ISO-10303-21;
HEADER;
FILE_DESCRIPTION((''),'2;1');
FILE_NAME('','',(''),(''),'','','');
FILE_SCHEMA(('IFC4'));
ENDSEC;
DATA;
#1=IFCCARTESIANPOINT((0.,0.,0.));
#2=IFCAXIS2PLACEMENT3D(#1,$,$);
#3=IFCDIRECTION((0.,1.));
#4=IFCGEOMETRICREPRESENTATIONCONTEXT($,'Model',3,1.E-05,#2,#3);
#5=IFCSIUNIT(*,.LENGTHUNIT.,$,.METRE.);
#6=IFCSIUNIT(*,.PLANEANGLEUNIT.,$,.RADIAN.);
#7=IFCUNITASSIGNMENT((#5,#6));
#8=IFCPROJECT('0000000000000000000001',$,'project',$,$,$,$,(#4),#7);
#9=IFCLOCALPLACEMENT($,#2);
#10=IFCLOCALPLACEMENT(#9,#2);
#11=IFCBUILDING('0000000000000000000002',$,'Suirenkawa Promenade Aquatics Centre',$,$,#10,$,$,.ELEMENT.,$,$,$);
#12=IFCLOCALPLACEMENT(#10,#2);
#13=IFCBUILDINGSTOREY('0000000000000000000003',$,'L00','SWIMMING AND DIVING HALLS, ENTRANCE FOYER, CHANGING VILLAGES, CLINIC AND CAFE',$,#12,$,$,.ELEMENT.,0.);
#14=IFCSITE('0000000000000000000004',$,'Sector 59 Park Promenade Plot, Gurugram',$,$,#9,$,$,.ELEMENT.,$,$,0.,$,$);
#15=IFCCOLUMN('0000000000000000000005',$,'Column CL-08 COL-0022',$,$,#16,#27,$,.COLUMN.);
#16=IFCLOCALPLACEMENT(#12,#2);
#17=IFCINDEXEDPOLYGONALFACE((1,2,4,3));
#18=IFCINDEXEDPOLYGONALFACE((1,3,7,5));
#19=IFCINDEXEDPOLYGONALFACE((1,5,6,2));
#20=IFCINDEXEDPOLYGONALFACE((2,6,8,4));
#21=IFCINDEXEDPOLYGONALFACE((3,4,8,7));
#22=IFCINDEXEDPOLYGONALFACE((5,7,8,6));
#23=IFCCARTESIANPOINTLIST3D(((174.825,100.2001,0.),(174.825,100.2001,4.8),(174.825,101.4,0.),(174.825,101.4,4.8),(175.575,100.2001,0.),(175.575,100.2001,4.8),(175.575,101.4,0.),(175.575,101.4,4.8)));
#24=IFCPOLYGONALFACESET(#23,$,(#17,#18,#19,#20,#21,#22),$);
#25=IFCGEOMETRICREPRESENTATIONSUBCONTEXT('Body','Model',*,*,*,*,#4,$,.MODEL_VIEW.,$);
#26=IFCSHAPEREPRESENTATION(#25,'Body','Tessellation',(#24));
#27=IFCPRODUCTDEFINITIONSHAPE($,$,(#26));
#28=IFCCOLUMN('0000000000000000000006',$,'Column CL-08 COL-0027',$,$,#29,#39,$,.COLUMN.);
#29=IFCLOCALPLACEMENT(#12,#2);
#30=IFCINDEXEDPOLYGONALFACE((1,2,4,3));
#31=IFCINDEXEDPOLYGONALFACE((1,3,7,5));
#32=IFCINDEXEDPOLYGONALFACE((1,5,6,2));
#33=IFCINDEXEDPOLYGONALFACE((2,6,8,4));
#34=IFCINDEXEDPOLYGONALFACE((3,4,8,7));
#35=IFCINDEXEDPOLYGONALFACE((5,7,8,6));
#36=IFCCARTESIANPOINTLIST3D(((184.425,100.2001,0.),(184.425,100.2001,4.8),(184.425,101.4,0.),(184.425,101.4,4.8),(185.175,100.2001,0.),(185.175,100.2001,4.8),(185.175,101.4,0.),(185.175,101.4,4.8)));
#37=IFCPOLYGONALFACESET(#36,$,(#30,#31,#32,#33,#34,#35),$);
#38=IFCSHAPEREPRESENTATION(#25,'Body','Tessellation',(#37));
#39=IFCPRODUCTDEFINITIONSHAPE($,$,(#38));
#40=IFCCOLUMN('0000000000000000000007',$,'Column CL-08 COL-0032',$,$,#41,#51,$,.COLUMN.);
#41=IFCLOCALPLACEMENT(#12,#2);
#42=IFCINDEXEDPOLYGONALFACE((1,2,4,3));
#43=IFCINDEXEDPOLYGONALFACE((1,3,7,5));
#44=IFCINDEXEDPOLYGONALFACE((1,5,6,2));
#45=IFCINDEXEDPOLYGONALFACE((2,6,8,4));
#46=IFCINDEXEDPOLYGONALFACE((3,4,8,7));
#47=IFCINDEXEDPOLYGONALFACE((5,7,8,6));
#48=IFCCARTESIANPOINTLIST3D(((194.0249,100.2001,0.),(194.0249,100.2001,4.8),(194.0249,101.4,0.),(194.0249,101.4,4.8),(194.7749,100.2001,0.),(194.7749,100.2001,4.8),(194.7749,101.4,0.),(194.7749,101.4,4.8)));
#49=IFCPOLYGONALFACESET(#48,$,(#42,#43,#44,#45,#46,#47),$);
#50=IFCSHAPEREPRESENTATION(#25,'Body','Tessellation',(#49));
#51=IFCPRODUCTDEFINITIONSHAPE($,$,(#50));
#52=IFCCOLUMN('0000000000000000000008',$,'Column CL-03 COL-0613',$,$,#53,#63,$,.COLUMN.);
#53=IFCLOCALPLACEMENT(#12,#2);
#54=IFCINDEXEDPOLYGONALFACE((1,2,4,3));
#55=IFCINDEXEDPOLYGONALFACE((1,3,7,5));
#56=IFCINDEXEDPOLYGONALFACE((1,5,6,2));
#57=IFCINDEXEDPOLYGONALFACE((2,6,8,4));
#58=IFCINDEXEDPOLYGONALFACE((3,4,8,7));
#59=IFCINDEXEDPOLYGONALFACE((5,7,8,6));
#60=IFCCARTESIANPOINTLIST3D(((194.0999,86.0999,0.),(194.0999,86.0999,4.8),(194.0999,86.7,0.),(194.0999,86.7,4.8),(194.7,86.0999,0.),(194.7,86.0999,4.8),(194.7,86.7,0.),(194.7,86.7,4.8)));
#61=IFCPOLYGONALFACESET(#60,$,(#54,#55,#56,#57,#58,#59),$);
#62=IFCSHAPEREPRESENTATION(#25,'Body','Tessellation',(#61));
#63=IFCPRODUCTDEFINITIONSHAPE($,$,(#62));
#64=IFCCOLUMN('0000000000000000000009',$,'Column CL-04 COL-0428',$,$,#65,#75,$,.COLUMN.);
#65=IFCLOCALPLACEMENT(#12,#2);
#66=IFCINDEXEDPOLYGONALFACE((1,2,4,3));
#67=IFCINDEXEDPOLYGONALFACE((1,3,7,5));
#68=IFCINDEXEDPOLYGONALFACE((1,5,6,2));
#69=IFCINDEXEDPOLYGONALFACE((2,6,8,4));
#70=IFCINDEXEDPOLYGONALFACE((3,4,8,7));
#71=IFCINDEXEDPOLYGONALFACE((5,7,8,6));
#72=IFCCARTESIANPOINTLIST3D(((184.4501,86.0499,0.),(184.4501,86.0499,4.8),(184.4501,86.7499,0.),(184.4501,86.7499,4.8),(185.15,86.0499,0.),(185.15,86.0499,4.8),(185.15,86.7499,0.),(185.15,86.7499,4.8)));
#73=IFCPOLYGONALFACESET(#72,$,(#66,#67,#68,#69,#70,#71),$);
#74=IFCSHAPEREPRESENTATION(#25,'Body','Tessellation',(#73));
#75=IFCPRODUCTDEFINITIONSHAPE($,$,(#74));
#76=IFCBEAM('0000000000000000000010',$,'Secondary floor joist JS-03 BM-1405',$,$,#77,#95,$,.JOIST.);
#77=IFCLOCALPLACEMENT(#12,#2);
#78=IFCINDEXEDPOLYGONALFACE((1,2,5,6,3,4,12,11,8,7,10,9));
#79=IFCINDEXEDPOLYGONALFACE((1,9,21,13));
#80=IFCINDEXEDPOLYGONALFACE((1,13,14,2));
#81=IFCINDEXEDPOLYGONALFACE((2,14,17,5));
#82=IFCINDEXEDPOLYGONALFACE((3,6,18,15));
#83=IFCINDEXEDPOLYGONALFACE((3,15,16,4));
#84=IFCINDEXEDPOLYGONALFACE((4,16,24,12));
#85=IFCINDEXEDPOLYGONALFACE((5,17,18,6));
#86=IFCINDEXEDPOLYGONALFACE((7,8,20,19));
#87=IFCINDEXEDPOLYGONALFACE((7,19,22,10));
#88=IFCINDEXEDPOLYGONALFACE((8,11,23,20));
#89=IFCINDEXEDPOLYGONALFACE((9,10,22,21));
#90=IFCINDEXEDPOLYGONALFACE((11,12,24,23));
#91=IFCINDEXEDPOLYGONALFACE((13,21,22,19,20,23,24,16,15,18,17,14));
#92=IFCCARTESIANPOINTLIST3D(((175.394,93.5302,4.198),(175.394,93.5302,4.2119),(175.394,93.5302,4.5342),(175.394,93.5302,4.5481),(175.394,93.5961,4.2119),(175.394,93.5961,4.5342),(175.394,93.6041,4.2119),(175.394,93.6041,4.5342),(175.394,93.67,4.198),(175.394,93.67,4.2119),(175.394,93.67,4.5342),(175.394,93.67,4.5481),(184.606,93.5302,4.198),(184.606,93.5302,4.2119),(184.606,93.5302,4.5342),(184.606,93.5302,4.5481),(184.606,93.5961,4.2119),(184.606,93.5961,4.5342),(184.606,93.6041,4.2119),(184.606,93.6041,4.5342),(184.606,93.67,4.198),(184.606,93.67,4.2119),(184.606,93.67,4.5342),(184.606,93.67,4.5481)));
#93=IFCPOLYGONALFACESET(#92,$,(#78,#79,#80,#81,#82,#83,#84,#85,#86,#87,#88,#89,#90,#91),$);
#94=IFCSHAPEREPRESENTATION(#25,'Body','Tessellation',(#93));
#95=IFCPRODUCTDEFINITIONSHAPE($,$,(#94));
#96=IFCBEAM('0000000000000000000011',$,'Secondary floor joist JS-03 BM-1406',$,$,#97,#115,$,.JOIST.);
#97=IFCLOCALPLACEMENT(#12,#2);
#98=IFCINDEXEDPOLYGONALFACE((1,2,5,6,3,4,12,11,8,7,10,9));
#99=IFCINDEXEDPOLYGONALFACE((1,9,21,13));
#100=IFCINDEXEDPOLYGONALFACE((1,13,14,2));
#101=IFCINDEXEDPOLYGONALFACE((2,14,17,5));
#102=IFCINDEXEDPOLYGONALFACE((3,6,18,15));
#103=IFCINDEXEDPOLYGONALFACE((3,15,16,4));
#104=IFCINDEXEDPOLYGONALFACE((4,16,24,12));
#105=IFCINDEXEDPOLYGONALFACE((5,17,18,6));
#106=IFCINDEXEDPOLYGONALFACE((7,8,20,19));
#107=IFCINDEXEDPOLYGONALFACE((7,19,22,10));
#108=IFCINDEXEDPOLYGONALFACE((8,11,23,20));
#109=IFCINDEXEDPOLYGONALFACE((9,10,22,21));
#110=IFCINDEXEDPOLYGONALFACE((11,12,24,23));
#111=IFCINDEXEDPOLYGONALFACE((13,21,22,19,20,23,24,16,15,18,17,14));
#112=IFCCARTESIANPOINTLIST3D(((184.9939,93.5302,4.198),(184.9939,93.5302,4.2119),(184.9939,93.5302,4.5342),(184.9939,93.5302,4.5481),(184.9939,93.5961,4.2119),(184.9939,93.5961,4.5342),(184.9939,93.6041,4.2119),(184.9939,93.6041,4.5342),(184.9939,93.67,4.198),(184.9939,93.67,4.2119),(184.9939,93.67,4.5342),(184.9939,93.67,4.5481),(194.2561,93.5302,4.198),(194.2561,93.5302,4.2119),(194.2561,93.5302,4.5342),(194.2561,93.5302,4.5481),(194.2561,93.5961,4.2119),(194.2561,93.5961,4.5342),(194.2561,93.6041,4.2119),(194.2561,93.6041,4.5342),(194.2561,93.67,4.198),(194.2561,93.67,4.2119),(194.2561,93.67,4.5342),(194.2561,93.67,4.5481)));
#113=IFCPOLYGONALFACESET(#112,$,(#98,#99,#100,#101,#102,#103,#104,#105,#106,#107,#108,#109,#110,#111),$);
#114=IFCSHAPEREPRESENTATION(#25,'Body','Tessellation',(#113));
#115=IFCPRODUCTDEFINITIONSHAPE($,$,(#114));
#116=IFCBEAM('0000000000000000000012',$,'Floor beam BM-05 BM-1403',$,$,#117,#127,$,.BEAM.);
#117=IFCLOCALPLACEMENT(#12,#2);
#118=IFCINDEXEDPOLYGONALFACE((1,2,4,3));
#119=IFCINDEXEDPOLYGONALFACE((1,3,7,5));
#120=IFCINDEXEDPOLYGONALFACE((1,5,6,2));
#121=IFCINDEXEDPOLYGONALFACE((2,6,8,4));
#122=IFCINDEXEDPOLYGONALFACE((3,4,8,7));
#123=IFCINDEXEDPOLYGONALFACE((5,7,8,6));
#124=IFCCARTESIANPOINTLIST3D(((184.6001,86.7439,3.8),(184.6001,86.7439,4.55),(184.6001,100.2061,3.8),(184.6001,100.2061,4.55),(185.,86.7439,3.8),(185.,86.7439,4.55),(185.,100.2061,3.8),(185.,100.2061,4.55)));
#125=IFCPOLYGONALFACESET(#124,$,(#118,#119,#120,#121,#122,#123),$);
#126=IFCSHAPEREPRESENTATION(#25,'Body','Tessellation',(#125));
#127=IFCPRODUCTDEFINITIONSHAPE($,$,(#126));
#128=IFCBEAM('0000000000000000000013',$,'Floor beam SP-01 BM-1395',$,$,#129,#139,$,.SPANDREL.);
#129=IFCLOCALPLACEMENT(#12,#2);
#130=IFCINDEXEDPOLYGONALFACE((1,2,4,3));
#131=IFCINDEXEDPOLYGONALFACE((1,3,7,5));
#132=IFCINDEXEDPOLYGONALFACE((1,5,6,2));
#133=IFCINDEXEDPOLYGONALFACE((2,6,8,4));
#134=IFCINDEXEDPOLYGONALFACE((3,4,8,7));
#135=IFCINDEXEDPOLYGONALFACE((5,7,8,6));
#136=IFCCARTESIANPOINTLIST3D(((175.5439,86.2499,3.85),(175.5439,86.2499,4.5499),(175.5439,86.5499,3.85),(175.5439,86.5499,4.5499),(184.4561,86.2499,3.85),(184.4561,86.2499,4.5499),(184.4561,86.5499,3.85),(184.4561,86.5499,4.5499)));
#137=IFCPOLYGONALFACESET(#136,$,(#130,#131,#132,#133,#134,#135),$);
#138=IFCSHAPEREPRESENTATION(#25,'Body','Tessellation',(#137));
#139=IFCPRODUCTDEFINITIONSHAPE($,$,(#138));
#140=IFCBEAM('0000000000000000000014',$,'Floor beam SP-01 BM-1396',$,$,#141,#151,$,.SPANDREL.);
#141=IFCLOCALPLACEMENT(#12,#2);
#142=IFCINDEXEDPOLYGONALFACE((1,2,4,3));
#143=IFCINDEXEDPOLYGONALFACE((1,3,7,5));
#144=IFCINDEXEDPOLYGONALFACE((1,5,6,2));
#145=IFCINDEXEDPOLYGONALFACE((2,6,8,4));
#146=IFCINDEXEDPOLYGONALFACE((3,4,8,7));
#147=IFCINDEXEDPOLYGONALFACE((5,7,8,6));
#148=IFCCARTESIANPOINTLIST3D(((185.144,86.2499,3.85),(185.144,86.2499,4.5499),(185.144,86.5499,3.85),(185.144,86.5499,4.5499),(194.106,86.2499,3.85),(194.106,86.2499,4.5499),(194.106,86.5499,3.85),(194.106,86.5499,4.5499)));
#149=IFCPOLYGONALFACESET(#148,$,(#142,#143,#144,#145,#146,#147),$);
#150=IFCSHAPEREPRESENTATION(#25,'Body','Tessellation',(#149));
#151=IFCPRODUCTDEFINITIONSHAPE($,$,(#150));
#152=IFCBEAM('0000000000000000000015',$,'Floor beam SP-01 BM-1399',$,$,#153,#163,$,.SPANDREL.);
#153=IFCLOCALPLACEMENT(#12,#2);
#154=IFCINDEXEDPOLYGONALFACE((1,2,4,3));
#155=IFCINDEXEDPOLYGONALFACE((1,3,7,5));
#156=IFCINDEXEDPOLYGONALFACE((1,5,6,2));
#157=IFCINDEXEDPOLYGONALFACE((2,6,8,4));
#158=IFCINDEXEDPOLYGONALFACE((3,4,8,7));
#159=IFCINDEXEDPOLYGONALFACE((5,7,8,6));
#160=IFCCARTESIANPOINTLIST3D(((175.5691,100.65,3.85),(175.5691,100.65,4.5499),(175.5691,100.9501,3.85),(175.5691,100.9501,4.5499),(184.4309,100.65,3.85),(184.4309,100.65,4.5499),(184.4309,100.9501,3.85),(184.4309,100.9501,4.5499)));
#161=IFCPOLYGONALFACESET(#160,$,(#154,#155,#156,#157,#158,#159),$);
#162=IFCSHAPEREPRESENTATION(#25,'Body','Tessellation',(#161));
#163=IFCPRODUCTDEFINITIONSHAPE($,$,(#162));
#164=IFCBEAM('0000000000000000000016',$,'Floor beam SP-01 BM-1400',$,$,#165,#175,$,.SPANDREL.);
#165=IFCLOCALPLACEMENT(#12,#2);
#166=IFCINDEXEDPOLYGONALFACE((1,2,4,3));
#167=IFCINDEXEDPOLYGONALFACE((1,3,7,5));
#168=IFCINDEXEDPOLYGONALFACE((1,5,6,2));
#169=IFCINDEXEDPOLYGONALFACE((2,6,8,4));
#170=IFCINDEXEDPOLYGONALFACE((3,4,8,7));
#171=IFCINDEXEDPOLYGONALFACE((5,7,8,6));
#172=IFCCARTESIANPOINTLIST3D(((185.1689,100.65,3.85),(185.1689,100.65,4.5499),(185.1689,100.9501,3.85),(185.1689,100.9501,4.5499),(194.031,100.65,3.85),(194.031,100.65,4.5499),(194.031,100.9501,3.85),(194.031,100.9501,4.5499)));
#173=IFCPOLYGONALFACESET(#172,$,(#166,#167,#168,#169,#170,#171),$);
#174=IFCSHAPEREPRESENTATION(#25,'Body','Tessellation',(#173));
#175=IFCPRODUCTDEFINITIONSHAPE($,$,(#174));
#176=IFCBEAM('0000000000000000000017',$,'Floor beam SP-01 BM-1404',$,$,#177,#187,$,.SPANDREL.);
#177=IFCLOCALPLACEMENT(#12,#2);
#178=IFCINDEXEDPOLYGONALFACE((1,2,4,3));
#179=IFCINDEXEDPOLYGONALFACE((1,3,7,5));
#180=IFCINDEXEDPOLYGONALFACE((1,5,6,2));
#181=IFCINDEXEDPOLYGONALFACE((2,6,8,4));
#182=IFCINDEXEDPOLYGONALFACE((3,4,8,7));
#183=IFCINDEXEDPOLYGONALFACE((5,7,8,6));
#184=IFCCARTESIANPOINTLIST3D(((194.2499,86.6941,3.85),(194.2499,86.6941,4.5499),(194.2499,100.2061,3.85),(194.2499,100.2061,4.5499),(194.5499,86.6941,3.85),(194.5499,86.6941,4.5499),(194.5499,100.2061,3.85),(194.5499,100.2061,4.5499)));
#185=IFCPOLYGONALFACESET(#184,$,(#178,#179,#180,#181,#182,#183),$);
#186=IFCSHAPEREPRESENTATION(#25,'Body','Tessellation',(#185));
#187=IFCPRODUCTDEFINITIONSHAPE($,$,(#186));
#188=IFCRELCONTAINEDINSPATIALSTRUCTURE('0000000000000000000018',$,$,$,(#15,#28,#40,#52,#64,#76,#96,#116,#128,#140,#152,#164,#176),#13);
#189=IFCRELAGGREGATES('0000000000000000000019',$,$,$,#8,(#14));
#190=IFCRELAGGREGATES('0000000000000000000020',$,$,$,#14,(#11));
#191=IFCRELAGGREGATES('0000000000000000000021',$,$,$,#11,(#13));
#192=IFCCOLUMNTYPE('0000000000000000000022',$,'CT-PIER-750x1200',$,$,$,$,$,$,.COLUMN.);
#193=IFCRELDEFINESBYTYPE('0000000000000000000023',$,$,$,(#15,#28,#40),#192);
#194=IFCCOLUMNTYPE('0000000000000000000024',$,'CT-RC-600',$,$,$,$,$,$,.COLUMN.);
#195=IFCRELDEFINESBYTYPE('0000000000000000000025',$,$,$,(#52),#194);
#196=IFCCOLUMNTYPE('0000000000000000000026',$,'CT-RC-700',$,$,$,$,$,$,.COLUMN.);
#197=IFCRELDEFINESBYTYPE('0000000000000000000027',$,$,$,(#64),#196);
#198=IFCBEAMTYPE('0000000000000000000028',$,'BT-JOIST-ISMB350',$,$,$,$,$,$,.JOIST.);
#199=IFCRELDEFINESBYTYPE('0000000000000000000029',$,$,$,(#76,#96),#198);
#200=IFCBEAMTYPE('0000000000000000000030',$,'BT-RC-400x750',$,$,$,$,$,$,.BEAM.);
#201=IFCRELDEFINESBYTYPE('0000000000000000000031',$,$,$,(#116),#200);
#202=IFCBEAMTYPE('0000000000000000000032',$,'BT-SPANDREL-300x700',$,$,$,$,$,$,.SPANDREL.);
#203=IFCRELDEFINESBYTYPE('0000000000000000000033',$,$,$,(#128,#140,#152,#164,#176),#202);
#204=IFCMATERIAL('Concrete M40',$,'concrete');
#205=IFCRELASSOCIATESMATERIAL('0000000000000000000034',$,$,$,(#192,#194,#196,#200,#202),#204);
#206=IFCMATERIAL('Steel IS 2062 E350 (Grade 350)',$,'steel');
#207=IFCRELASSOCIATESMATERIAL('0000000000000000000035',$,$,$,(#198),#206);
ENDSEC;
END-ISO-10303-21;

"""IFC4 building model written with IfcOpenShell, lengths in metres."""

from ifc_helpers import new_model, si_unit, direction, frame, origin, origin_2d, place, context, subcontext, project, spatial, rectangle, i_section, extrude, material, material_profile, profile_set, type_object, element, save


model = new_model("IFC4")

# Units and contexts
model_context = context("Model", 3, precision=1e-05, world=origin(), true_north=direction((0.0, 1.0)))
body_context = subcontext(model_context, "Body", "Model", "MODEL_VIEW")
ifc_project = project(units=[si_unit("LENGTHUNIT", "METRE"), si_unit("PLANEANGLEUNIT", "RADIAN")], contexts=[model_context])

# Site, building, storey
site_placement = place(None, origin())
site = spatial("IfcSite", under=ifc_project, at=site_placement, Name="Sector 59 Park Promenade Plot, Gurugram", CompositionType="ELEMENT", RefElevation=0.0)
building_placement = place(site_placement, origin())
building = spatial("IfcBuilding", under=site, at=building_placement, Name="Suirenkawa Promenade Aquatics Centre", CompositionType="ELEMENT")
storey_placement = place(building_placement, origin())
storey = spatial("IfcBuildingStorey", under=building, at=storey_placement, Name="L00", Description="SWIMMING AND DIVING HALLS, ENTRANCE FOYER, CHANGING VILLAGES, CLINIC AND CAFE", CompositionType="ELEMENT", Elevation=0.0)

# Columns
ifc_material_1 = material(Name="Concrete M40", Category="concrete")
ifc_material_profile_1 = material_profile(ifc_material_1, rectangle(XDim=0.75, YDim=1.2, at=origin_2d()), Name="RC PIER 750x1200", Category="concrete")
ifc_profile_set_1 = profile_set([ifc_material_profile_1], Name="Concrete M40")
column_type_1 = type_object("IfcColumnType", Name="CT-PIER-750x1200", PredefinedType="COLUMN", material=ifc_profile_set_1)
for number, where, z_axis, x_axis, name in (
    (1, (175.2, 100.8, 0.0), (0.0, 0.0, 1.0), (1.0, 0.0, 0.0), "Column CL-08 COL-0022"),
    (2, (184.8, 100.8, 0.0), (0.0, 0.0, 1.0), (1.0, 0.0, 0.0), "Column CL-08 COL-0027"),
    (3, (194.3999, 100.8, 0.0), (0.0, 0.0, 1.0), (1.0, 0.0, 0.0), "Column CL-08 COL-0032"),
):
    element("IfcColumn", number, at=place(storey_placement, frame(where, z_axis=z_axis, x_axis=x_axis)), inside=storey, type_object=column_type_1, Name=name, PredefinedType="COLUMN", context=body_context, shape_type="SweptSolid", body=[
        extrude(rectangle(XDim=0.75, YDim=1.2, at=origin_2d()), origin(), (0.0, 0.0, 1.0), 4.8),
    ])
ifc_material_profile_2 = material_profile(ifc_material_1, rectangle(XDim=0.6001, YDim=0.6001, at=origin_2d()), Name="RC COL 600x600", Category="concrete")
ifc_profile_set_2 = profile_set([ifc_material_profile_2], Name="Concrete M40")
column_type_2 = type_object("IfcColumnType", Name="CT-RC-600", PredefinedType="COLUMN", material=ifc_profile_set_2)
column_1_placement = place(storey_placement, frame((194.3999, 86.3999, 0.0), z_axis=(0.0, 0.0, 1.0), x_axis=(1.0, 0.0, 0.0)))
element("IfcColumn", 4, at=column_1_placement, inside=storey, type_object=column_type_2, Name="Column CL-03 COL-0613", PredefinedType="COLUMN", context=body_context, shape_type="SweptSolid", body=[
    extrude(rectangle(XDim=0.6001, YDim=0.6001, at=origin_2d()), origin(), (0.0, 0.0, 1.0), 4.8),
])
ifc_material_profile_3 = material_profile(ifc_material_1, rectangle(XDim=0.7, YDim=0.7, at=origin_2d()), Name="RC COL 700x700", Category="concrete")
ifc_profile_set_3 = profile_set([ifc_material_profile_3], Name="Concrete M40")
column_type_3 = type_object("IfcColumnType", Name="CT-RC-700", PredefinedType="COLUMN", material=ifc_profile_set_3)
column_2_placement = place(storey_placement, frame((184.8, 86.3999, 0.0), z_axis=(0.0, 0.0, 1.0), x_axis=(1.0, 0.0, 0.0)))
element("IfcColumn", 5, at=column_2_placement, inside=storey, type_object=column_type_3, Name="Column CL-04 COL-0428", PredefinedType="COLUMN", context=body_context, shape_type="SweptSolid", body=[
    extrude(rectangle(XDim=0.7, YDim=0.7, at=origin_2d()), origin(), (0.0, 0.0, 1.0), 4.8),
])

# Beams
ifc_material_2 = material(Name="Steel IS 2062 E350 (Grade 350)", Category="steel")
ifc_material_profile_4 = material_profile(ifc_material_2, i_section(OverallWidth=0.1399, OverallDepth=0.3501, WebThickness=0.0081, FlangeThickness=0.0139, at=origin_2d()), Name="ISMB 350", Category="steel")
ifc_profile_set_4 = profile_set([ifc_material_profile_4], Name="Steel IS 2062 E350 (Grade 350)")
beam_type_1 = type_object("IfcBeamType", Name="BT-JOIST-ISMB350", PredefinedType="JOIST", material=ifc_profile_set_4)
beam_1_placement = place(storey_placement, frame((175.394, 93.6001, 4.373), z_axis=(1.0, 0.0, 0.0), x_axis=(0.0, 1.0, 0.0)))
element("IfcBeam", 6, at=beam_1_placement, inside=storey, type_object=beam_type_1, Name="Secondary floor joist JS-03 BM-1405", PredefinedType="JOIST", context=body_context, shape_type="SweptSolid", body=[
    extrude(i_section(OverallWidth=0.1399, OverallDepth=0.3501, WebThickness=0.0081, FlangeThickness=0.0139, at=origin_2d()), origin(), (0.0, 0.0, 1.0), 9.2119),
])
beam_2_placement = place(storey_placement, frame((184.9939, 93.6001, 4.373), z_axis=(1.0, 0.0, 0.0), x_axis=(0.0, 1.0, 0.0)))
element("IfcBeam", 7, at=beam_2_placement, inside=storey, type_object=beam_type_1, Name="Secondary floor joist JS-03 BM-1406", PredefinedType="JOIST", context=body_context, shape_type="SweptSolid", body=[
    extrude(i_section(OverallWidth=0.1399, OverallDepth=0.3501, WebThickness=0.0081, FlangeThickness=0.0139, at=origin_2d()), origin(), (0.0, 0.0, 1.0), 9.2622),
])
ifc_material_profile_5 = material_profile(ifc_material_1, rectangle(XDim=0.3999, YDim=0.75, at=origin_2d()), Name="RC BM 400x750", Category="concrete")
ifc_profile_set_5 = profile_set([ifc_material_profile_5], Name="Concrete M40")
beam_type_2 = type_object("IfcBeamType", Name="BT-RC-400x750", PredefinedType="BEAM", material=ifc_profile_set_5)
beam_3_placement = place(storey_placement, frame((184.8, 86.7439, 4.175), z_axis=(0.0, 1.0, 0.0), x_axis=(-1.0, 0.0, 0.0)))
element("IfcBeam", 8, at=beam_3_placement, inside=storey, type_object=beam_type_2, Name="Floor beam BM-05 BM-1403", PredefinedType="BEAM", context=body_context, shape_type="SweptSolid", body=[
    extrude(rectangle(XDim=0.3999, YDim=0.75, at=origin_2d()), origin(), (0.0, 0.0, 1.0), 13.4622),
])
ifc_material_profile_6 = material_profile(ifc_material_1, rectangle(XDim=0.3, YDim=0.7, at=origin_2d()), Name="RC SPANDREL 300x700", Category="concrete")
ifc_profile_set_6 = profile_set([ifc_material_profile_6], Name="Concrete M40")
beam_type_3 = type_object("IfcBeamType", Name="BT-SPANDREL-300x700", PredefinedType="SPANDREL", material=ifc_profile_set_6)
beam_4_placement = place(storey_placement, frame((175.5439, 86.3999, 4.2), z_axis=(1.0, 0.0, 0.0), x_axis=(0.0, 1.0, 0.0)))
element("IfcBeam", 9, at=beam_4_placement, inside=storey, type_object=beam_type_3, Name="Floor beam SP-01 BM-1395", PredefinedType="SPANDREL", context=body_context, shape_type="SweptSolid", body=[
    extrude(rectangle(XDim=0.3, YDim=0.7, at=origin_2d()), origin(), (0.0, 0.0, 1.0), 8.9121),
])
beam_5_placement = place(storey_placement, frame((185.144, 86.3999, 4.2), z_axis=(1.0, 0.0, 0.0), x_axis=(0.0, 1.0, 0.0)))
element("IfcBeam", 10, at=beam_5_placement, inside=storey, type_object=beam_type_3, Name="Floor beam SP-01 BM-1396", PredefinedType="SPANDREL", context=body_context, shape_type="SweptSolid", body=[
    extrude(rectangle(XDim=0.3, YDim=0.7, at=origin_2d()), origin(), (0.0, 0.0, 1.0), 8.9619),
])
beam_6_placement = place(storey_placement, frame((175.5691, 100.8, 4.2), z_axis=(1.0, 0.0, 0.0), x_axis=(0.0, 1.0, 0.0)))
element("IfcBeam", 11, at=beam_6_placement, inside=storey, type_object=beam_type_3, Name="Floor beam SP-01 BM-1399", PredefinedType="SPANDREL", context=body_context, shape_type="SweptSolid", body=[
    extrude(rectangle(XDim=0.3, YDim=0.7, at=origin_2d()), origin(), (0.0, 0.0, 1.0), 8.8618),
])
beam_7_placement = place(storey_placement, frame((185.1689, 100.8, 4.2), z_axis=(1.0, 0.0, 0.0), x_axis=(0.0, 1.0, 0.0)))
element("IfcBeam", 12, at=beam_7_placement, inside=storey, type_object=beam_type_3, Name="Floor beam SP-01 BM-1400", PredefinedType="SPANDREL", context=body_context, shape_type="SweptSolid", body=[
    extrude(rectangle(XDim=0.3, YDim=0.7, at=origin_2d()), origin(), (0.0, 0.0, 1.0), 8.8621),
])
beam_8_placement = place(storey_placement, frame((194.3999, 86.6941, 4.2), z_axis=(0.0, 1.0, 0.0), x_axis=(-1.0, 0.0, 0.0)))
element("IfcBeam", 13, at=beam_8_placement, inside=storey, type_object=beam_type_3, Name="Floor beam SP-01 BM-1404", PredefinedType="SPANDREL", context=body_context, shape_type="SweptSolid", body=[
    extrude(rectangle(XDim=0.3, YDim=0.7, at=origin_2d()), origin(), (0.0, 0.0, 1.0), 13.512),
])

save(model, "model.ifc")
